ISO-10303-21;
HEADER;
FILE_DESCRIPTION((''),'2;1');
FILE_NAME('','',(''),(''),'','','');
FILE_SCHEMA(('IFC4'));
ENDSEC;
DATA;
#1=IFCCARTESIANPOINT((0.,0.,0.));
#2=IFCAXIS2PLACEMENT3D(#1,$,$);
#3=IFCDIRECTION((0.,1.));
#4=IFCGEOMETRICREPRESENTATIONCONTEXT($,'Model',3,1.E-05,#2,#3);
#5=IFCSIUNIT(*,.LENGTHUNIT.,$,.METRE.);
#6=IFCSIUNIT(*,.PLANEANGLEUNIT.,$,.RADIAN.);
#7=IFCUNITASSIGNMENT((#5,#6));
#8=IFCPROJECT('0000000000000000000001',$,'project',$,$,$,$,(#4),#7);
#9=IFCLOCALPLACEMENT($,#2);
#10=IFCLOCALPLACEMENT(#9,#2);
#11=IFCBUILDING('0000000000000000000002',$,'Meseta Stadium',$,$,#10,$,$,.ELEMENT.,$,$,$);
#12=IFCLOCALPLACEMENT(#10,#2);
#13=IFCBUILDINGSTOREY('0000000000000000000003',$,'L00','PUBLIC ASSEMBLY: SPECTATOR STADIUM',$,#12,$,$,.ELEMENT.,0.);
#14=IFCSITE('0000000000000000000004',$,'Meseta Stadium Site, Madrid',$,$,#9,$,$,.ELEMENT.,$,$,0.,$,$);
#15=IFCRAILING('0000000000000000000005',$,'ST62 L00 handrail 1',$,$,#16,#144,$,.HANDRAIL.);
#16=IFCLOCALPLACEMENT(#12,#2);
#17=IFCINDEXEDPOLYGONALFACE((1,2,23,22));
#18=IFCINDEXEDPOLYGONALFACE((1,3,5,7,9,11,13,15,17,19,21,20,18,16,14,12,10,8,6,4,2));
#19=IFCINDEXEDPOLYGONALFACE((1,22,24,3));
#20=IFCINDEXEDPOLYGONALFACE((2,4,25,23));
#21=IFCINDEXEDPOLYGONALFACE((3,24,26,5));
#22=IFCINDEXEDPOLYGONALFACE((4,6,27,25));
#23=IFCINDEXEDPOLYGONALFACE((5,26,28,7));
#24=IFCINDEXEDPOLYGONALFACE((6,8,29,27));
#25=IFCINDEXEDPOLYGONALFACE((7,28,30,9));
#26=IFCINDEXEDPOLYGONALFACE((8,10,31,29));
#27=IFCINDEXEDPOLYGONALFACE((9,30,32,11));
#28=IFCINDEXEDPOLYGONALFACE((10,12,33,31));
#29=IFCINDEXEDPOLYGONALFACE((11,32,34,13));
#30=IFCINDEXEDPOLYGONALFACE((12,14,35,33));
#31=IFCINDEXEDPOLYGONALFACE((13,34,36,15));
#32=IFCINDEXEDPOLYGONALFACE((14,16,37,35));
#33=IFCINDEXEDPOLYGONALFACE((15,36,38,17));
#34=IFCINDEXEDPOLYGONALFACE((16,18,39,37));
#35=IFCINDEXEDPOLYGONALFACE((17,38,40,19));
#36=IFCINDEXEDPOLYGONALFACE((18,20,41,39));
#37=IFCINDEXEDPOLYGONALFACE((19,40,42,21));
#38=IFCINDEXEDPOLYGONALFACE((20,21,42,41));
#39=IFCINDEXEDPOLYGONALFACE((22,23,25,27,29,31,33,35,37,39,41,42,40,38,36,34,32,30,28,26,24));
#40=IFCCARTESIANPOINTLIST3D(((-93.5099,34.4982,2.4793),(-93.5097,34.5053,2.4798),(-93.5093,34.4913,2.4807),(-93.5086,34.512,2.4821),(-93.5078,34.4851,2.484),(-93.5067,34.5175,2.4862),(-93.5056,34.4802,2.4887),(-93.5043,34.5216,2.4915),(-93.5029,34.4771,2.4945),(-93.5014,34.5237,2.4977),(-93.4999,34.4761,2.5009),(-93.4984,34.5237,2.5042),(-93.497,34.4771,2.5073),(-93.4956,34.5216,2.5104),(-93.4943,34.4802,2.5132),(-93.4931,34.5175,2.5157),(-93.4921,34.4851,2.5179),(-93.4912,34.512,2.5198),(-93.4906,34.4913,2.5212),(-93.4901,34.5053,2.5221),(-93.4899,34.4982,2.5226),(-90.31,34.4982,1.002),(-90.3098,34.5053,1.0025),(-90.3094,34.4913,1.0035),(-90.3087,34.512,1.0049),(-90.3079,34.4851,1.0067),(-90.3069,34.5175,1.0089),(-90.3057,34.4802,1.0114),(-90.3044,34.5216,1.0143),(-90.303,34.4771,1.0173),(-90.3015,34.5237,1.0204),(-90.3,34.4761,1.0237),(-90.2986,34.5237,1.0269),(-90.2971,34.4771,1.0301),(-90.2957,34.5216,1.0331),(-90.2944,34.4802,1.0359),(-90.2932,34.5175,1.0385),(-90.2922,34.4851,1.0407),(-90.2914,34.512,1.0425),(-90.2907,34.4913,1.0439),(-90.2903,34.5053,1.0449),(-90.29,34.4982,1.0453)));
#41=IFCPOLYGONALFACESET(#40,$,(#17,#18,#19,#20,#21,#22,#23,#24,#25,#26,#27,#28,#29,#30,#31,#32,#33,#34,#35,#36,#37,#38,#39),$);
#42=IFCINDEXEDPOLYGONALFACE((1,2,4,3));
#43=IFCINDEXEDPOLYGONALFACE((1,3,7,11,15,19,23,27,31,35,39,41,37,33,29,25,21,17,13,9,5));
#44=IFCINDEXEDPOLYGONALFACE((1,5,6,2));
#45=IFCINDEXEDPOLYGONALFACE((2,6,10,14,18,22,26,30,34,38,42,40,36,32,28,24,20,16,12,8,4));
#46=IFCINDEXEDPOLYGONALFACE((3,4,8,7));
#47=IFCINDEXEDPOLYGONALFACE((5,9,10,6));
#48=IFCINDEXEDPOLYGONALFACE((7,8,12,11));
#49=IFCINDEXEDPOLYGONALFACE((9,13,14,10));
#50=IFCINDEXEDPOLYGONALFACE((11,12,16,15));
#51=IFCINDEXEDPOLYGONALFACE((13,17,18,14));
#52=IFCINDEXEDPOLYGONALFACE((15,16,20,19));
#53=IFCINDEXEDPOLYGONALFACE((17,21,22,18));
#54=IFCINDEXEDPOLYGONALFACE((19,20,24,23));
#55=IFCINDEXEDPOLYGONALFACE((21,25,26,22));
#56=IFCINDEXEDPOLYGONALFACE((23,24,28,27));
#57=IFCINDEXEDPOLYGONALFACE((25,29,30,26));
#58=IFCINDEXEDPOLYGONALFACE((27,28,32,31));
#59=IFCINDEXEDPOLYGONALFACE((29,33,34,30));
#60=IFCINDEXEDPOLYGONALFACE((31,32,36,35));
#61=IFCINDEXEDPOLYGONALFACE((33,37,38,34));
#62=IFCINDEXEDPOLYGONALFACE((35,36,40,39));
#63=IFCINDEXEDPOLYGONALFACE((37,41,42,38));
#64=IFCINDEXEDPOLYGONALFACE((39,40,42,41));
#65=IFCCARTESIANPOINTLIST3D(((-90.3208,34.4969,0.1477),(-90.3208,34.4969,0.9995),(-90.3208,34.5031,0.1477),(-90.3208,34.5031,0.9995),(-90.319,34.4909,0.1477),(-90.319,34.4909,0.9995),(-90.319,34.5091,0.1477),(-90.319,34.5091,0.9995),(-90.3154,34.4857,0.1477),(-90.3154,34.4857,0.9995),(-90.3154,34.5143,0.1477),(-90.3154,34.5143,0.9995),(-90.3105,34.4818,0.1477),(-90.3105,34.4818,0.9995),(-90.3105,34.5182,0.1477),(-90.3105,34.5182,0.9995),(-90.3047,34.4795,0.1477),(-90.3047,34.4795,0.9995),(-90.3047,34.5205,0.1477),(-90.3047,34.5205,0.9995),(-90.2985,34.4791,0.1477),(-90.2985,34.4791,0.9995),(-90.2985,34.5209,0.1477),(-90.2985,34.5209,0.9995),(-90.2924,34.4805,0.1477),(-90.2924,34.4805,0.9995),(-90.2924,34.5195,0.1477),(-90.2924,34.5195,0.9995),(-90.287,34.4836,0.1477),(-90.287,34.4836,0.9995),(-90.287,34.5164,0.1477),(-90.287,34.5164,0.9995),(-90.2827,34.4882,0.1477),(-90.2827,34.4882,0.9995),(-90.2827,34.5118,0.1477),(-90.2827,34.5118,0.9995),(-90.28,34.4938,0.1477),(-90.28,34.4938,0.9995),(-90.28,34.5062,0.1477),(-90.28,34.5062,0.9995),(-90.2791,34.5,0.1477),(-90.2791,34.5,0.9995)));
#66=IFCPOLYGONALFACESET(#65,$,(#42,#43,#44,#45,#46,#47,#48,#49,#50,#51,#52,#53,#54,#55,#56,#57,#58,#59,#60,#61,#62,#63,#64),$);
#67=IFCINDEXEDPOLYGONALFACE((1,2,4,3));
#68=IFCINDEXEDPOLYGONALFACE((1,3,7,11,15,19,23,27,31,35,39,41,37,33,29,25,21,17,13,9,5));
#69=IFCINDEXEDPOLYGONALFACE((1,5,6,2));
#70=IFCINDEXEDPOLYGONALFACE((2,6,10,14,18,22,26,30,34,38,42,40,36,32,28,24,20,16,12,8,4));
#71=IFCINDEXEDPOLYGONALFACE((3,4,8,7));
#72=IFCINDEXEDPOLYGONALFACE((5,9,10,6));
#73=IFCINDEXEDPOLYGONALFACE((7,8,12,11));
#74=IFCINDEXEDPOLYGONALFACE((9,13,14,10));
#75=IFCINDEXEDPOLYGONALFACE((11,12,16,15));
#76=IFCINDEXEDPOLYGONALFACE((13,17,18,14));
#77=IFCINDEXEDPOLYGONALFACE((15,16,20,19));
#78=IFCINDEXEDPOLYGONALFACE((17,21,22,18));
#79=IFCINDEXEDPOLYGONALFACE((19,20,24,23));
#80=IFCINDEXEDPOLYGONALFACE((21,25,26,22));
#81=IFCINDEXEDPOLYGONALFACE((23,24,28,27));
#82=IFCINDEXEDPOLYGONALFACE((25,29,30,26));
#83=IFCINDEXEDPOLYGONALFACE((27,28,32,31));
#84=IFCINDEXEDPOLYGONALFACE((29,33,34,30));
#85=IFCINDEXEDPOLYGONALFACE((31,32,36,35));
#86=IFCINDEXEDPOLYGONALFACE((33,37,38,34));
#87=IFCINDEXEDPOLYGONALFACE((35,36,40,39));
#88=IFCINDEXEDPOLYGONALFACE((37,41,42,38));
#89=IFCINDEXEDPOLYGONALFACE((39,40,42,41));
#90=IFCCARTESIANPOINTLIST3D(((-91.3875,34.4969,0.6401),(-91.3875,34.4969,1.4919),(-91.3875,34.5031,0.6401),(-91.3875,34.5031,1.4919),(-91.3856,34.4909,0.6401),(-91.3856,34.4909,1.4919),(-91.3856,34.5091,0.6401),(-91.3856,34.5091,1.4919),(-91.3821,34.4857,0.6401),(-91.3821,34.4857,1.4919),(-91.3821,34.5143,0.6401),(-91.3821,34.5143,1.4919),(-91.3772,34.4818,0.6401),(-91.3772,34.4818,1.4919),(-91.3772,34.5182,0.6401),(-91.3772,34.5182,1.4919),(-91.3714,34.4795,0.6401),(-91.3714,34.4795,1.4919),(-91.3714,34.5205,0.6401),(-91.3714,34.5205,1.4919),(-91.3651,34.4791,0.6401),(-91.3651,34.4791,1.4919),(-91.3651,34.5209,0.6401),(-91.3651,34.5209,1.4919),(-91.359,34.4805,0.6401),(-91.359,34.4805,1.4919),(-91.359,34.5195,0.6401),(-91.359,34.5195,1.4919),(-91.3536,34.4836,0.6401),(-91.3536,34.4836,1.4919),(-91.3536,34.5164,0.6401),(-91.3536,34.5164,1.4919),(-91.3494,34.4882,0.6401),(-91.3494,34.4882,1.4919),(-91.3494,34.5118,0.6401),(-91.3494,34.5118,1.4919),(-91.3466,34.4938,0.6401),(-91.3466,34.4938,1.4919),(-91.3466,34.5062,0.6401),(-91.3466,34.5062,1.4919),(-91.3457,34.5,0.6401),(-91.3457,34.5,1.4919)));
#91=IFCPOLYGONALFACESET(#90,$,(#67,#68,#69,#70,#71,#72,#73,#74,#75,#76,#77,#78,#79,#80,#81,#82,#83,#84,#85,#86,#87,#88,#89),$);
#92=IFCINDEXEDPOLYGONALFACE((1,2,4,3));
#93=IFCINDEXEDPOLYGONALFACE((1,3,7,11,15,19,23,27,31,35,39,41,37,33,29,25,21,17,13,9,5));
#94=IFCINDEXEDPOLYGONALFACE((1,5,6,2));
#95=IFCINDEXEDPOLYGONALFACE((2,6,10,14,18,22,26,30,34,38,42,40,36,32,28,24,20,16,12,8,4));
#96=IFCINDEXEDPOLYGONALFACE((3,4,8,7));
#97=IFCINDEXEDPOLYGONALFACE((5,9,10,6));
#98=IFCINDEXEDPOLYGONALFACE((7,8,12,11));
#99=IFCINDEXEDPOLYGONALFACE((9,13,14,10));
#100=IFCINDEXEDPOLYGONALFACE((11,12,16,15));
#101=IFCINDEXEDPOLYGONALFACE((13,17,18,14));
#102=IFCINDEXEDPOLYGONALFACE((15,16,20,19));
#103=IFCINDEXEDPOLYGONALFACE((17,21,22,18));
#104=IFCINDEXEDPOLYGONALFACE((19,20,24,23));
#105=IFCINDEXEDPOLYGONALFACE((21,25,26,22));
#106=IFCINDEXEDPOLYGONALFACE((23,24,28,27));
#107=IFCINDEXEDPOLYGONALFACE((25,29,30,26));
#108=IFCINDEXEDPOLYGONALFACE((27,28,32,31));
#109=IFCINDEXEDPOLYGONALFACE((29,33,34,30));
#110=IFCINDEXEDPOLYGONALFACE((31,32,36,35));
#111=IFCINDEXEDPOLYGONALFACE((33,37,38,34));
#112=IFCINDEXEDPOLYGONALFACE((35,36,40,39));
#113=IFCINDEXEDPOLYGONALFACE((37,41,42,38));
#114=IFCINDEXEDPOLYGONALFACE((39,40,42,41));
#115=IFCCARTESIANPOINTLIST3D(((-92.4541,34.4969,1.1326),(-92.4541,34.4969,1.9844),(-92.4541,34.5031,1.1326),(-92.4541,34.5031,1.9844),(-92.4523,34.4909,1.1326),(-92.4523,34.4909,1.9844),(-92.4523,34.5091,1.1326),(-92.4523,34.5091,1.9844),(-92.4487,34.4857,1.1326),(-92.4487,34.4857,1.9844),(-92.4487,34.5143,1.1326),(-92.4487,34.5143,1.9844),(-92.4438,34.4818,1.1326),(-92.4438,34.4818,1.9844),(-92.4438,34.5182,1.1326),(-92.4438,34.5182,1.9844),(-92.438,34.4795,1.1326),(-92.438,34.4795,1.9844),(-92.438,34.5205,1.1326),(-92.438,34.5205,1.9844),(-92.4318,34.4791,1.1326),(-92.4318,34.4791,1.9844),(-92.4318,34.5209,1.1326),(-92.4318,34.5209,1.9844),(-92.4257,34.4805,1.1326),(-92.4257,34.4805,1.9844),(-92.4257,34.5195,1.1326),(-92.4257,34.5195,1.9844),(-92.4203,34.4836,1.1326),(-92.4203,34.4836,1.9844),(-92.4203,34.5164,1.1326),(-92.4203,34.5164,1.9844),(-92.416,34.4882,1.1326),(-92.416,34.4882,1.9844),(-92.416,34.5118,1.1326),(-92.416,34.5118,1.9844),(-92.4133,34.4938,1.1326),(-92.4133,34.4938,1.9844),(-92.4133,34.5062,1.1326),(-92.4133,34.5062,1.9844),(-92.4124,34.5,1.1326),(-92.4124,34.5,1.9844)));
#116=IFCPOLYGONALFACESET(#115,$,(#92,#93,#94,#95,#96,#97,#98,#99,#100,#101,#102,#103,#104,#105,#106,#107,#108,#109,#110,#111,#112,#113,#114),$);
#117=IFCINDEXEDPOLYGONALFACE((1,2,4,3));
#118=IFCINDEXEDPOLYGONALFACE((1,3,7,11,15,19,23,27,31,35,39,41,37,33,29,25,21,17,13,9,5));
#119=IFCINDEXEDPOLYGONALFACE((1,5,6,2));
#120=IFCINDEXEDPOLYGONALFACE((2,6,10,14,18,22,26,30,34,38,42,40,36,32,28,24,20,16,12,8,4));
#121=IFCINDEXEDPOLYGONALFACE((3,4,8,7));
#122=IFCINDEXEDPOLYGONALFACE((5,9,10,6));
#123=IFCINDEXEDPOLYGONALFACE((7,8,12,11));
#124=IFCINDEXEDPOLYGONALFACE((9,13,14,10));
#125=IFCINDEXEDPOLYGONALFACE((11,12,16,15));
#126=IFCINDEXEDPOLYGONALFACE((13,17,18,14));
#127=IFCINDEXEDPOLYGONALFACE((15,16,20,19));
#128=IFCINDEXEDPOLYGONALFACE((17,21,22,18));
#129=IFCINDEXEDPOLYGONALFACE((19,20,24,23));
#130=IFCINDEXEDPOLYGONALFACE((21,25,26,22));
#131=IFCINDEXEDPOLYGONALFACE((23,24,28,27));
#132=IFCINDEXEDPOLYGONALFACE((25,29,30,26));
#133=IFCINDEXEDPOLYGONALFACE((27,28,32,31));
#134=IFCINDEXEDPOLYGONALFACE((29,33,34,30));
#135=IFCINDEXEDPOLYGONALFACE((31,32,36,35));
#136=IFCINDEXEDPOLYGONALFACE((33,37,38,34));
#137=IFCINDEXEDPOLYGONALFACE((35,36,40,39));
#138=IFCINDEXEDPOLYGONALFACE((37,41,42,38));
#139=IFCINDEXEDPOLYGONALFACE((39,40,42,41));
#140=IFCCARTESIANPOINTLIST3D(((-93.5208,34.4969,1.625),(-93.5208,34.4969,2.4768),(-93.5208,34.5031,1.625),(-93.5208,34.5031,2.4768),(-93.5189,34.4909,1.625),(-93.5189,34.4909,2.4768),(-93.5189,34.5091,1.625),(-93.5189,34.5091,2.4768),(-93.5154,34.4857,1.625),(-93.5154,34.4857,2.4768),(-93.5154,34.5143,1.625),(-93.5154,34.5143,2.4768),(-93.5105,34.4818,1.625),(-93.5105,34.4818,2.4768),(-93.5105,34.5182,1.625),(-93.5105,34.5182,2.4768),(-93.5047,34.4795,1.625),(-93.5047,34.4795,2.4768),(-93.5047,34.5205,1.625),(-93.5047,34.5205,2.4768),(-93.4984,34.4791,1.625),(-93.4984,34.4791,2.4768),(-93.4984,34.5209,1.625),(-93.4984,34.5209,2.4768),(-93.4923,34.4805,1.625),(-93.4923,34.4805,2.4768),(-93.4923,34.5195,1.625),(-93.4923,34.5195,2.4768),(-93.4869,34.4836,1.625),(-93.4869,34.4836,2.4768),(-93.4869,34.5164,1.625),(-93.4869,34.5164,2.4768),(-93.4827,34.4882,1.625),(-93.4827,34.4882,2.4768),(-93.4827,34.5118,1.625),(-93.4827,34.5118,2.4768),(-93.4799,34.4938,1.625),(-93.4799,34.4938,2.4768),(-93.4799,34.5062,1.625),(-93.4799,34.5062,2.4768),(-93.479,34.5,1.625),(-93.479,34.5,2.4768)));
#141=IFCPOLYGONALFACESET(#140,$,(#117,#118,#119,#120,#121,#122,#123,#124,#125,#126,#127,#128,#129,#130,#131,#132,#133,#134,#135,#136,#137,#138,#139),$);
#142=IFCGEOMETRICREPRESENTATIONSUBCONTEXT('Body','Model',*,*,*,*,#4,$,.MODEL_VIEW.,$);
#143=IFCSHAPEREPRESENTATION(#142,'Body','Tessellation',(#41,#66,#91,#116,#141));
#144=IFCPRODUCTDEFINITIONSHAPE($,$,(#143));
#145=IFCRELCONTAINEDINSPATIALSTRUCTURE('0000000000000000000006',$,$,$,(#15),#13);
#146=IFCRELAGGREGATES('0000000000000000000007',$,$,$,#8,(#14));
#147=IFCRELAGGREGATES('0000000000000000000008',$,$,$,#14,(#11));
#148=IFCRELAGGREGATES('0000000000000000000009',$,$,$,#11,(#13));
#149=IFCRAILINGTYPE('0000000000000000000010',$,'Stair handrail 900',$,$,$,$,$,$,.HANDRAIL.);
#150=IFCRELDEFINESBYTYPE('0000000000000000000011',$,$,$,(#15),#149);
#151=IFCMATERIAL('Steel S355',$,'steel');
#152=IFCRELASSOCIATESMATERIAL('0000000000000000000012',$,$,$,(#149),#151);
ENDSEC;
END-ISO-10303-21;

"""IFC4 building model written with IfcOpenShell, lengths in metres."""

from ifc_helpers import new_model, si_unit, direction, frame, origin, origin_2d, place, context, subcontext, project, spatial, circle, extrude, material, type_object, element, save


model = new_model("IFC4")

# Units and contexts
model_context = context("Model", 3, precision=1e-05, world=origin(), true_north=direction((0.0, 1.0)))
body_context = subcontext(model_context, "Body", "Model", "MODEL_VIEW")
ifc_project = project(units=[si_unit("LENGTHUNIT", "METRE"), si_unit("PLANEANGLEUNIT", "RADIAN")], contexts=[model_context])

# Site, building, storey
site_placement = place(None, origin())
site = spatial("IfcSite", under=ifc_project, at=site_placement, Name="Meseta Stadium Site, Madrid", CompositionType="ELEMENT", RefElevation=0.0)
building_placement = place(site_placement, origin())
building = spatial("IfcBuilding", under=site, at=building_placement, Name="Meseta Stadium", CompositionType="ELEMENT")
storey_placement = place(building_placement, origin())
storey = spatial("IfcBuildingStorey", under=building, at=storey_placement, Name="L00", Description="PUBLIC ASSEMBLY: SPECTATOR STADIUM", CompositionType="ELEMENT", Elevation=0.0)

# Railing
ifc_material_1 = material(Name="Steel S355", Category="steel")
railing_type_1 = type_object("IfcRailingType", Name="Stair handrail 900", PredefinedType="HANDRAIL", material=ifc_material_1)
for number, where, name in (
    (1, (-90.3, 34.5, 0.1477), "ST62 L00 handrail 1"),
):
    element("IfcRailing", number, at=place(storey_placement, frame(where)), inside=storey, type_object=railing_type_1, Name=name, PredefinedType="HANDRAIL", context=body_context, shape_type="SweptSolid", body=[
        extrude(circle(Radius=0.0239, at=origin_2d()), frame((0.0, 0.0, 0.876), z_axis=(-0.907917, 0.0, 0.41915), x_axis=(0.0, -1.0, 0.0)), (0.0, 0.0, 1.0), 3.5244),
        extrude(circle(Radius=0.021, at=origin_2d()), origin(), (0.0, 0.0, 1.0), 0.8518),
        extrude(circle(Radius=0.021, at=origin_2d()), frame((-1.0667, 0.0, 0.4924)), (0.0, 0.0, 1.0), 0.8518),
        extrude(circle(Radius=0.021, at=origin_2d()), frame((-2.1333, 0.0, 0.9849)), (0.0, 0.0, 1.0), 0.8518),
        extrude(circle(Radius=0.021, at=origin_2d()), frame((-3.2, 0.0, 1.4773)), (0.0, 0.0, 1.0), 0.8518),
    ])

save(model, "model.ifc")
